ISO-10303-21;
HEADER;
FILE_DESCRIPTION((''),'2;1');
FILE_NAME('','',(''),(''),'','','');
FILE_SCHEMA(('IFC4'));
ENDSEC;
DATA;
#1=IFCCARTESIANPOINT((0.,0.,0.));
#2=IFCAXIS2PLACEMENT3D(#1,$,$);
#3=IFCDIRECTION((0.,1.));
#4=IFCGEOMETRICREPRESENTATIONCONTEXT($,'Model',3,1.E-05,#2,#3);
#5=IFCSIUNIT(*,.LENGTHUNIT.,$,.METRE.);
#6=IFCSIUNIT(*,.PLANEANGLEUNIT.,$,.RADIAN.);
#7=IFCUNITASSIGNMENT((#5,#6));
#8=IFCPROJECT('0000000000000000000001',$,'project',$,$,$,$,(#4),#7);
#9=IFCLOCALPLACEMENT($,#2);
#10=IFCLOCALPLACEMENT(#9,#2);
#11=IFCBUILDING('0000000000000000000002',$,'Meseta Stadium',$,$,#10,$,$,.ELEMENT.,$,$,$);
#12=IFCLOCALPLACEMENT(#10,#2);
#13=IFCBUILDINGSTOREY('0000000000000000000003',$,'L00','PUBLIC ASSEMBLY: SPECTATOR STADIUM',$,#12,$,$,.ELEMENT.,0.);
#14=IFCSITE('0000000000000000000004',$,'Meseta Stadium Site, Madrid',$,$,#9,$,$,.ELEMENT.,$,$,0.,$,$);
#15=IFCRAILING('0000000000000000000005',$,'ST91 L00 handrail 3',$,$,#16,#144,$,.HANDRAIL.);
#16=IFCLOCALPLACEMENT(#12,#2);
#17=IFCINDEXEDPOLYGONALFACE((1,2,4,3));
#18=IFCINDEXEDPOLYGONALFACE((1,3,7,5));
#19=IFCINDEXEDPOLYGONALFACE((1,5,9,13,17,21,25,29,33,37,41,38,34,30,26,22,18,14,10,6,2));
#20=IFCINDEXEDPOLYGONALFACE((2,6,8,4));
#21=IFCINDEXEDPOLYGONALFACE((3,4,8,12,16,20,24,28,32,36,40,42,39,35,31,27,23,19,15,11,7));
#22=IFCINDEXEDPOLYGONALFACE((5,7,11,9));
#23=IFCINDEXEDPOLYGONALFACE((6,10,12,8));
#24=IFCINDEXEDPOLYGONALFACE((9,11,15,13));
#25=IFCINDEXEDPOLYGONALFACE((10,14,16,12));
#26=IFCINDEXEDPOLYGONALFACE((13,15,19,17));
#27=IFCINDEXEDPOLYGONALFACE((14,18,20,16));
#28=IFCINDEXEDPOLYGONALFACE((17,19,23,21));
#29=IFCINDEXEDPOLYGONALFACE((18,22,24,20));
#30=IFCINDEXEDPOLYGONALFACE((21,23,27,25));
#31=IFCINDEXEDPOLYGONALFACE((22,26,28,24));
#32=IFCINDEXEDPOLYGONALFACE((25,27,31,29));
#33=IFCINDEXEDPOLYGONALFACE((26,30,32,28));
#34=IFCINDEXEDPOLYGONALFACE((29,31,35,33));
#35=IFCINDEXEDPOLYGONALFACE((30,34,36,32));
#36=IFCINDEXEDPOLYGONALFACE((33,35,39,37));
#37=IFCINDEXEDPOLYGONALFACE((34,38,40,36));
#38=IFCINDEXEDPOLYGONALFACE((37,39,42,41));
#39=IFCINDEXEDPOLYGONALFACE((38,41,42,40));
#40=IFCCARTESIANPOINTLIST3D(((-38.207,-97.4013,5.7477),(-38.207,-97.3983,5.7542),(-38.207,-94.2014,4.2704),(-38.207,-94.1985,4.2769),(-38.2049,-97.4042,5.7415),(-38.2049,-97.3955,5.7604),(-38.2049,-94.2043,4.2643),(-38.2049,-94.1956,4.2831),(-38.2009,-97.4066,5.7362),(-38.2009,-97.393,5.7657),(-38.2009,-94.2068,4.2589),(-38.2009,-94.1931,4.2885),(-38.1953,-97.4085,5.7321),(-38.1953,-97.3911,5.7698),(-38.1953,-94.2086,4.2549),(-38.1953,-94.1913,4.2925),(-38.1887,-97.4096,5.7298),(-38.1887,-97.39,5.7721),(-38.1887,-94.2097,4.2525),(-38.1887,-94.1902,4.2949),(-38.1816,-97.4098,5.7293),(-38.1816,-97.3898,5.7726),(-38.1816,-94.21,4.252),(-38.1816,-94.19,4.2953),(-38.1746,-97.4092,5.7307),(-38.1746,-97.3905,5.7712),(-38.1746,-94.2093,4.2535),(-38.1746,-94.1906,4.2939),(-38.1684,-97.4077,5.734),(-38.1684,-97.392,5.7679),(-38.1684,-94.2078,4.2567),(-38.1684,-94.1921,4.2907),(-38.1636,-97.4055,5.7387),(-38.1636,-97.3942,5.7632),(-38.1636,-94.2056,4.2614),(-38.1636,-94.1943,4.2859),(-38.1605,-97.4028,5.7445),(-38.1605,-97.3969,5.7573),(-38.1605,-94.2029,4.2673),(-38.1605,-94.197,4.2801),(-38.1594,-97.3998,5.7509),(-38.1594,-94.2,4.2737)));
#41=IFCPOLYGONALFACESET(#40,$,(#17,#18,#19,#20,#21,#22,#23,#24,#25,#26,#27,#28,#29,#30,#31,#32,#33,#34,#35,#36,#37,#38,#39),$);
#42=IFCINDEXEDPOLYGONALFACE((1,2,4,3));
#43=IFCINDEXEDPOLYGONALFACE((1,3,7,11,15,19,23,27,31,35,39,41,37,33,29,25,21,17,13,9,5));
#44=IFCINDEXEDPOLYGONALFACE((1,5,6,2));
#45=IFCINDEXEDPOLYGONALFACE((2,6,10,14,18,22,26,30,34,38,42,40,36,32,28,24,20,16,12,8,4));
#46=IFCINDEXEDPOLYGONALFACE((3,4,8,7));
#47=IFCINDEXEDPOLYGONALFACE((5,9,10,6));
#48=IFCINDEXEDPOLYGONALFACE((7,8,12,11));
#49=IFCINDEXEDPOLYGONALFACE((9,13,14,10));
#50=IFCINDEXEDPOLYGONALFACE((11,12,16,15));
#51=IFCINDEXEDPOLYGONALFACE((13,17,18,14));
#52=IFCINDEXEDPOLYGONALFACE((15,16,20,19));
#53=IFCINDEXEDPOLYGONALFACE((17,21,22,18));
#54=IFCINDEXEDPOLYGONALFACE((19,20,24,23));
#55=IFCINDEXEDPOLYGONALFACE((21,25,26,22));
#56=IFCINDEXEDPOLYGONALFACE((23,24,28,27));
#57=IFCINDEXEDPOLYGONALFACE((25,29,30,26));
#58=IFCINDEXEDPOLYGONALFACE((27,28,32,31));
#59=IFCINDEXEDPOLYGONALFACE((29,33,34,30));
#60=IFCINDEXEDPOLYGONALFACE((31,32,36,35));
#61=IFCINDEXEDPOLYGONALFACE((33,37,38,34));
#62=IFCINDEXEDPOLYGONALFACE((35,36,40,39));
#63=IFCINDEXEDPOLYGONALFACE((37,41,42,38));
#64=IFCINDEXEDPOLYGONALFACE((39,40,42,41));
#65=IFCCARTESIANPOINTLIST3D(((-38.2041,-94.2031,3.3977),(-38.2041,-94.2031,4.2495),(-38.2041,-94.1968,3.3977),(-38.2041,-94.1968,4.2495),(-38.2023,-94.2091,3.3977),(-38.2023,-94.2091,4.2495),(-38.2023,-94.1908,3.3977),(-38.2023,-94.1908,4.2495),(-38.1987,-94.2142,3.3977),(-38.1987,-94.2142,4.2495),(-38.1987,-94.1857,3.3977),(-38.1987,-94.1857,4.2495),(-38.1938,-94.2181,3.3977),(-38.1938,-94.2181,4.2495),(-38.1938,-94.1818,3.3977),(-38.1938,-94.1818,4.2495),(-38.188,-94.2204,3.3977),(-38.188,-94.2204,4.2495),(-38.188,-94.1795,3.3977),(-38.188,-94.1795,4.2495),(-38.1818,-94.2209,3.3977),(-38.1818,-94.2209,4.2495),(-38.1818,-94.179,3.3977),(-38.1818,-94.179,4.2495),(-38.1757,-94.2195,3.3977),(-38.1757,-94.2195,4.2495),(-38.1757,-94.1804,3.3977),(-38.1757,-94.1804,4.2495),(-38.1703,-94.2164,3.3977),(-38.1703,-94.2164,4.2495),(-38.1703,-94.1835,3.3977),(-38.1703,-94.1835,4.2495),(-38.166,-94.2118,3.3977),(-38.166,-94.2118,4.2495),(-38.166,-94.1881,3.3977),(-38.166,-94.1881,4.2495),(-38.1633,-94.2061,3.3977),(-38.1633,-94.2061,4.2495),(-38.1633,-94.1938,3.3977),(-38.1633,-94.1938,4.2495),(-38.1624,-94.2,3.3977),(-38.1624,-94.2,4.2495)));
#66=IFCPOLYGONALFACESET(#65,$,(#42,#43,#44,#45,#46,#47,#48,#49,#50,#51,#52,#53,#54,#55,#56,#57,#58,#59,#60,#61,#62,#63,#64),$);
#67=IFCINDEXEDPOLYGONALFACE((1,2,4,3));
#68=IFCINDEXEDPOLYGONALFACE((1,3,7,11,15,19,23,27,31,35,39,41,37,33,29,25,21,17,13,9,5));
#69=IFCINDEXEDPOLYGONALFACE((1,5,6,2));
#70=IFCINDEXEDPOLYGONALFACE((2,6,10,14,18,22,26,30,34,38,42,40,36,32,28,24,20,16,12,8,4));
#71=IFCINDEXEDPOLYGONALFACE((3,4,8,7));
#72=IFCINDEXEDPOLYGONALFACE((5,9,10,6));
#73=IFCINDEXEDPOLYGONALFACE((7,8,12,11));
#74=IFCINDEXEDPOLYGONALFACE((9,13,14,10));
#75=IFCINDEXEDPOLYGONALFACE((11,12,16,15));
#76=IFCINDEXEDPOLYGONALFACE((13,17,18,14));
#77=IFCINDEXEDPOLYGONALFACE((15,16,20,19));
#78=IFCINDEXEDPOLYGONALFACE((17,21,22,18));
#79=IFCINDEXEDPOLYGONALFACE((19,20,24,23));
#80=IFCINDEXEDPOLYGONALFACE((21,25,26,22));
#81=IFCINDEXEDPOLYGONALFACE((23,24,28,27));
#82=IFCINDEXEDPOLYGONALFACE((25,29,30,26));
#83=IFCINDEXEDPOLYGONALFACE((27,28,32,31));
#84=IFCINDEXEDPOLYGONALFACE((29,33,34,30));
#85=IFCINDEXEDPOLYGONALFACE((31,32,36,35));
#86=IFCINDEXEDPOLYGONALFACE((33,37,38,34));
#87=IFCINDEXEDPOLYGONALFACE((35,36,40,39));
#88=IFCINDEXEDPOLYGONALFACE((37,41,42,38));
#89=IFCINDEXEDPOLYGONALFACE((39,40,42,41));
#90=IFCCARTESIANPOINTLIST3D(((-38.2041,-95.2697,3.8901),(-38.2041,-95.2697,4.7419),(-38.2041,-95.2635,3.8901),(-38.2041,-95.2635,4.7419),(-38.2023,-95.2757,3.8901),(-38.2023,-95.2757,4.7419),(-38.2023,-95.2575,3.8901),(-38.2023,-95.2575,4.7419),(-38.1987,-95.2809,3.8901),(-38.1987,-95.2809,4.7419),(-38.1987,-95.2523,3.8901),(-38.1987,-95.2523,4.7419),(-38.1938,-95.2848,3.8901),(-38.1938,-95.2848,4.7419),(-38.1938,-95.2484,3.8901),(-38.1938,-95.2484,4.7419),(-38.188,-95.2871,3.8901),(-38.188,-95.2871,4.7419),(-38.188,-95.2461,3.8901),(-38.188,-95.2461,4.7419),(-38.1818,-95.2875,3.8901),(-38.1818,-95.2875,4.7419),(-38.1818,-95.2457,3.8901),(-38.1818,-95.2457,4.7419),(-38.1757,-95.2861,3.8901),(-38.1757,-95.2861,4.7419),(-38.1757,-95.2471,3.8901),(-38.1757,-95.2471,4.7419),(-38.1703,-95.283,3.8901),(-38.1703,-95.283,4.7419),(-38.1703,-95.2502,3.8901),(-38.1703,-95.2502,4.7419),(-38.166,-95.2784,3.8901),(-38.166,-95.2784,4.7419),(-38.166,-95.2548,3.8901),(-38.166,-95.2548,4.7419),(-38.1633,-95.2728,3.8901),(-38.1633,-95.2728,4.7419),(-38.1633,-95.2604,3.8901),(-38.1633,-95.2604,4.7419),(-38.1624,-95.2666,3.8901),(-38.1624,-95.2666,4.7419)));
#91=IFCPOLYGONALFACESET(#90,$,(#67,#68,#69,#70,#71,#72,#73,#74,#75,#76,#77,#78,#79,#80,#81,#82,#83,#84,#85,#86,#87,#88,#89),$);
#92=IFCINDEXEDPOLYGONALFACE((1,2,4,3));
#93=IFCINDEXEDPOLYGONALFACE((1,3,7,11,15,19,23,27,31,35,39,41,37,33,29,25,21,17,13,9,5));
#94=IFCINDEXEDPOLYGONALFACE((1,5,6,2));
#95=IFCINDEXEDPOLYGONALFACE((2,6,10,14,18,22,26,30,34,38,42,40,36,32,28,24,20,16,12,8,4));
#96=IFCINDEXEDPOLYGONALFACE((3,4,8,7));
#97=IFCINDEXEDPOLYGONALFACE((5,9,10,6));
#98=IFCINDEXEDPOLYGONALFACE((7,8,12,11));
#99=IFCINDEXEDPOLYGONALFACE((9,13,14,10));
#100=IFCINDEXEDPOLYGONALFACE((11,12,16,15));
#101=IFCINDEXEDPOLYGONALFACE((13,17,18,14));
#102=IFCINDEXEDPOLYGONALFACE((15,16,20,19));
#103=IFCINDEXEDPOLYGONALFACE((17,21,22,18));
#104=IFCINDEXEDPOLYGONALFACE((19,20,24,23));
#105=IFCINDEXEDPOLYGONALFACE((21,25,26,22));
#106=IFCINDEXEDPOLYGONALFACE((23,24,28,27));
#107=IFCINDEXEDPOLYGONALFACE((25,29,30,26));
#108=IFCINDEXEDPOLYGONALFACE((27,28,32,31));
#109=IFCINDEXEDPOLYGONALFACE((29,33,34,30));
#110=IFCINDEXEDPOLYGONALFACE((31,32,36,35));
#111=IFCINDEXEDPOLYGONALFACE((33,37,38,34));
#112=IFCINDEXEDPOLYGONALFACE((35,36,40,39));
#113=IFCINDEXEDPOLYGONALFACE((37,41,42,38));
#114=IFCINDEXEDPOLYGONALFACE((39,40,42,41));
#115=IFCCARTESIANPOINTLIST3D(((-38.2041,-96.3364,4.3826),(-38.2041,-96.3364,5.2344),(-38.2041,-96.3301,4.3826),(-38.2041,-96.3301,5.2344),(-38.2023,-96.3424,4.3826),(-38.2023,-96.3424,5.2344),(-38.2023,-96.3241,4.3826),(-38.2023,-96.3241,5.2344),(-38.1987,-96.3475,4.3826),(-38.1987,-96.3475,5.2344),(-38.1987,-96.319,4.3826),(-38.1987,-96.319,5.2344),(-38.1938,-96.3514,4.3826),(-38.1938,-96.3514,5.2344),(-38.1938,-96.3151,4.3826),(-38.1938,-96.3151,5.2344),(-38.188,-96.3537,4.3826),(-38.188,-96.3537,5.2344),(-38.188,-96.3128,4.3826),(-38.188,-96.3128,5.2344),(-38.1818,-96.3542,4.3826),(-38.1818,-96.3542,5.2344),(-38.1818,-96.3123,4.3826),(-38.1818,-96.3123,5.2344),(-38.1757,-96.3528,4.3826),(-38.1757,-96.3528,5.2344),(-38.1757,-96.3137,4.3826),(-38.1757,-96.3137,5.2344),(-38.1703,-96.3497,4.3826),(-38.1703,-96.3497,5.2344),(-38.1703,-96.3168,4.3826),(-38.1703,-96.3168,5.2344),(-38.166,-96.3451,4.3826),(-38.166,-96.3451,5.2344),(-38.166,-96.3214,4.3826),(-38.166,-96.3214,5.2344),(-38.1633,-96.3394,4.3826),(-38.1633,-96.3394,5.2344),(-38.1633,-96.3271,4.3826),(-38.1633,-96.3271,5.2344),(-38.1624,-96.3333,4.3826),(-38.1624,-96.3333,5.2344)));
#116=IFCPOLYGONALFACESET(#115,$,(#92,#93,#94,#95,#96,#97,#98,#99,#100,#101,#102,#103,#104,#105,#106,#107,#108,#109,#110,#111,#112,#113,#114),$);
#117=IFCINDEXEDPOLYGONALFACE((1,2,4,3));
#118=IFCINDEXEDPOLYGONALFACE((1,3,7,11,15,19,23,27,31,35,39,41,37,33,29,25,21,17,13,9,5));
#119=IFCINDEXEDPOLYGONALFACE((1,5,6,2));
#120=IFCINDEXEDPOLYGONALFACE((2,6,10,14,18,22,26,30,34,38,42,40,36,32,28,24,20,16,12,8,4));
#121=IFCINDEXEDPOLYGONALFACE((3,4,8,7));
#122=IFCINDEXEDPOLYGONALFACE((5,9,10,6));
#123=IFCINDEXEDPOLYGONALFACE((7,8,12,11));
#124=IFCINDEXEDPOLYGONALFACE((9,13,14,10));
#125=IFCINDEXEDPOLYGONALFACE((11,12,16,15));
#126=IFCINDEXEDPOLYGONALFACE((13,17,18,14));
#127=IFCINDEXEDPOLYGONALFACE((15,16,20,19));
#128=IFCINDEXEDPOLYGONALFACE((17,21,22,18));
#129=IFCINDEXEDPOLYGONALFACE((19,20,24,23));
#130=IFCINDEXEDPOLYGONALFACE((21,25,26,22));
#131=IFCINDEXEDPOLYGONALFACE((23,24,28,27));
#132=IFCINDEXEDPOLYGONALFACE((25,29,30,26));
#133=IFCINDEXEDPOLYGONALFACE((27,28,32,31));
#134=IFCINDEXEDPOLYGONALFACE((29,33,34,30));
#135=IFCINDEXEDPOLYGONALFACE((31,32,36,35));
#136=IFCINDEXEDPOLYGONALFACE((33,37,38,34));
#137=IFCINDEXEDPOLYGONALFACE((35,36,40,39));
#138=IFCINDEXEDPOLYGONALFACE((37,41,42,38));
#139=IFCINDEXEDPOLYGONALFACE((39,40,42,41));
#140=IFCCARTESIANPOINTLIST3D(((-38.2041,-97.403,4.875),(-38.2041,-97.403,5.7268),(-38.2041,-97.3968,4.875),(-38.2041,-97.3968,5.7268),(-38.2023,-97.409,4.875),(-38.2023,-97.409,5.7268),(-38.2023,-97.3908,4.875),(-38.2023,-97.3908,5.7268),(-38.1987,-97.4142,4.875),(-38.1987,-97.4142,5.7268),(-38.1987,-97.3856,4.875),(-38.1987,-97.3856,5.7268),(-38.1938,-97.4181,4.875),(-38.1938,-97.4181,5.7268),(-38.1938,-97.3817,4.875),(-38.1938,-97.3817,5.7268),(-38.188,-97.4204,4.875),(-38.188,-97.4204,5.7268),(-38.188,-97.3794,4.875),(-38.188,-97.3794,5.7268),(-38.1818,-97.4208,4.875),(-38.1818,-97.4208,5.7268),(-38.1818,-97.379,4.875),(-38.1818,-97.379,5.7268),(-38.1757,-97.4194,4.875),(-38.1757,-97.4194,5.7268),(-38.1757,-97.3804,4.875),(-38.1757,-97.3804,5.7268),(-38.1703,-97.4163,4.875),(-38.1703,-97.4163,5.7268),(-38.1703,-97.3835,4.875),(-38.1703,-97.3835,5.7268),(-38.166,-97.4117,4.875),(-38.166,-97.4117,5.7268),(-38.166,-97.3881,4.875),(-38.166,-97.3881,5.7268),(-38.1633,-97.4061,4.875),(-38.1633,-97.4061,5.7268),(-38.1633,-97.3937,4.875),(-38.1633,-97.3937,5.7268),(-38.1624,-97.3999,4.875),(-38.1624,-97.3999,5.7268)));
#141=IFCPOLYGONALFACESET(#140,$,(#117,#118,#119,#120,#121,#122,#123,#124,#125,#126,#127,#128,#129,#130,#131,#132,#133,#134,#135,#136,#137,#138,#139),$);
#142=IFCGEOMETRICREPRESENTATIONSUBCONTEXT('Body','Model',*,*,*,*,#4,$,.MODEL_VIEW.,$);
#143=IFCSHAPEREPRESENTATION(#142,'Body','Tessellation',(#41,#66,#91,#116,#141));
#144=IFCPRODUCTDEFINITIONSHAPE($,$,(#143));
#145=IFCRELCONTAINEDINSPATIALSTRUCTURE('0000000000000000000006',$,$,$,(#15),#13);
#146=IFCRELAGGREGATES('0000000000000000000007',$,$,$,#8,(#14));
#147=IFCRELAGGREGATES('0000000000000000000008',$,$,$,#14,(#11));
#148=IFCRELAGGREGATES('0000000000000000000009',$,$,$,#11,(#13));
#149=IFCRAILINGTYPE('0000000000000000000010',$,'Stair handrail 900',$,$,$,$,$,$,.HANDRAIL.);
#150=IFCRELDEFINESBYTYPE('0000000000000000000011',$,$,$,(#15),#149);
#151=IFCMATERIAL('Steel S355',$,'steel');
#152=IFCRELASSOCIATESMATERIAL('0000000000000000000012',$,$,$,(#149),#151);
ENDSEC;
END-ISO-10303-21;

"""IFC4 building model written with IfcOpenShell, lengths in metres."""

from ifc_helpers import new_model, si_unit, direction, frame, origin, origin_2d, place, context, subcontext, project, spatial, circle, extrude, material, type_object, element, save


model = new_model("IFC4")

# Units and contexts
model_context = context("Model", 3, precision=1e-05, world=origin(), true_north=direction((0.0, 1.0)))
body_context = subcontext(model_context, "Body", "Model", "MODEL_VIEW")
ifc_project = project(units=[si_unit("LENGTHUNIT", "METRE"), si_unit("PLANEANGLEUNIT", "RADIAN")], contexts=[model_context])

# Site, building, storey
site_placement = place(None, origin())
site = spatial("IfcSite", under=ifc_project, at=site_placement, Name="Meseta Stadium Site, Madrid", CompositionType="ELEMENT", RefElevation=0.0)
building_placement = place(site_placement, origin())
building = spatial("IfcBuilding", under=site, at=building_placement, Name="Meseta Stadium", CompositionType="ELEMENT")
storey_placement = place(building_placement, origin())
storey = spatial("IfcBuildingStorey", under=building, at=storey_placement, Name="L00", Description="PUBLIC ASSEMBLY: SPECTATOR STADIUM", CompositionType="ELEMENT", Elevation=0.0)

# Railing
ifc_material_1 = material(Name="Steel S355", Category="steel")
railing_type_1 = type_object("IfcRailingType", Name="Stair handrail 900", PredefinedType="HANDRAIL", material=ifc_material_1)
for number, where, name in (
    (1, (-38.1833, -94.2, 3.3977), "ST91 L00 handrail 3"),
):
    element("IfcRailing", number, at=place(storey_placement, frame(where)), inside=storey, type_object=railing_type_1, Name=name, PredefinedType="HANDRAIL", context=body_context, shape_type="SweptSolid", body=[
        extrude(circle(Radius=0.0239, at=origin_2d()), frame((0.0, 0.0, 0.876), z_axis=(0.0, -0.907917, 0.41915), x_axis=(1.0, 0.0, 0.0)), (0.0, 0.0, 1.0), 3.5244),
        extrude(circle(Radius=0.021, at=origin_2d()), origin(), (0.0, 0.0, 1.0), 0.8518),
        extrude(circle(Radius=0.021, at=origin_2d()), frame((0.0, -1.0667, 0.4924)), (0.0, 0.0, 1.0), 0.8518),
        extrude(circle(Radius=0.021, at=origin_2d()), frame((0.0, -2.1333, 0.9849)), (0.0, 0.0, 1.0), 0.8518),
        extrude(circle(Radius=0.021, at=origin_2d()), frame((0.0, -3.2, 1.4773)), (0.0, 0.0, 1.0), 0.8518),
    ])

save(model, "model.ifc")
